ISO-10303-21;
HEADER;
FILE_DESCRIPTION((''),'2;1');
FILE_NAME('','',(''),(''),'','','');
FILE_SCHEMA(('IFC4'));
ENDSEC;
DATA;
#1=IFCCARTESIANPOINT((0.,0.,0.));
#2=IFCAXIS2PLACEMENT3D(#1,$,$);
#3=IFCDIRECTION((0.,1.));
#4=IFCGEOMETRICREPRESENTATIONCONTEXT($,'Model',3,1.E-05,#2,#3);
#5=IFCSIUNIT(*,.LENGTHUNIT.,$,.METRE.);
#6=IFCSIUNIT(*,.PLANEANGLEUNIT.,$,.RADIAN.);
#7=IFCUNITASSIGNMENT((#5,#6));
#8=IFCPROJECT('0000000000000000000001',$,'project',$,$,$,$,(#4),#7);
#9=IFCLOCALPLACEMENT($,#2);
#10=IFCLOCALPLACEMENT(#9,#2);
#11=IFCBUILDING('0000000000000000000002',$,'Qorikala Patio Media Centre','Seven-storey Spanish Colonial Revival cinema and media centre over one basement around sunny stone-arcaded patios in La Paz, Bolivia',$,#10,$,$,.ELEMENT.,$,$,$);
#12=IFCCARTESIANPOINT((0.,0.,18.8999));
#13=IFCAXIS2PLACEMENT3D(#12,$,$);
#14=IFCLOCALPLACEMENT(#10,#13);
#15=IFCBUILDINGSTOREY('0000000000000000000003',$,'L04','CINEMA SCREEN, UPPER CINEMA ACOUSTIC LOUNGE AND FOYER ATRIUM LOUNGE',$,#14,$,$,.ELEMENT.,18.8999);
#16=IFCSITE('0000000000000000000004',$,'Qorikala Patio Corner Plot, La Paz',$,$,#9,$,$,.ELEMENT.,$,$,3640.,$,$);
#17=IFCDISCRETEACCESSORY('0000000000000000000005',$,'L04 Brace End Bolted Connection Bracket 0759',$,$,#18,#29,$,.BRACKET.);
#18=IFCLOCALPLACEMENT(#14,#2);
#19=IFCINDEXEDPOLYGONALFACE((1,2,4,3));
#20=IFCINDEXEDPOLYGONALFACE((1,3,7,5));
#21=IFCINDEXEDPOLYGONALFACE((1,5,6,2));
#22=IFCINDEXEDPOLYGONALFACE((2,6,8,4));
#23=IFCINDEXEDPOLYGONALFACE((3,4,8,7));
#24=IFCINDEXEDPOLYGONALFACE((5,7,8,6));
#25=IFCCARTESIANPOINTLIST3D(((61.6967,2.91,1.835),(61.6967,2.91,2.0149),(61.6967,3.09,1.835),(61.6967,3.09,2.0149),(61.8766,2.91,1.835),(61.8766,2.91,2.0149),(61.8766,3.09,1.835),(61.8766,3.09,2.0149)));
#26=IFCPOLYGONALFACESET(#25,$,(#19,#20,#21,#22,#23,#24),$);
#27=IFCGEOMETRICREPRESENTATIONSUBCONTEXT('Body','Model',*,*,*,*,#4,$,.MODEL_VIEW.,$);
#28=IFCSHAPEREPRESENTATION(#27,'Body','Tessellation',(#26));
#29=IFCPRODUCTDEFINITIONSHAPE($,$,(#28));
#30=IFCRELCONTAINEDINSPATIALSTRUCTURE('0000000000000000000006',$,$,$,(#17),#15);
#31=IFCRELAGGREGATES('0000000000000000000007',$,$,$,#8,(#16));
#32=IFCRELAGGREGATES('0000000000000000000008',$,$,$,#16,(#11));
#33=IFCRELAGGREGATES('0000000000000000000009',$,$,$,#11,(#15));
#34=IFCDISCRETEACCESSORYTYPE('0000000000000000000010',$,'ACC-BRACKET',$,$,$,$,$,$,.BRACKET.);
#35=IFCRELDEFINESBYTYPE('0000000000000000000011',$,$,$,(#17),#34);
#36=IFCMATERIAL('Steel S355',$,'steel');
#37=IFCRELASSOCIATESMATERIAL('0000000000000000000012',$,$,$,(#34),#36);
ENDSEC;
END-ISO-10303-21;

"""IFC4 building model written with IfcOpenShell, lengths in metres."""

from ifc_helpers import new_model, si_unit, direction, frame, origin, origin_2d, place, context, subcontext, project, spatial, rectangle, extrude, material, type_object, element, save


model = new_model("IFC4")

# Units and contexts
model_context = context("Model", 3, precision=1e-05, world=origin(), true_north=direction((0.0, 1.0)))
body_context = subcontext(model_context, "Body", "Model", "MODEL_VIEW")
ifc_project = project(units=[si_unit("LENGTHUNIT", "METRE"), si_unit("PLANEANGLEUNIT", "RADIAN")], contexts=[model_context])

# Site, building, storey
site_placement = place(None, origin())
site = spatial("IfcSite", under=ifc_project, at=site_placement, Name="Qorikala Patio Corner Plot, La Paz", CompositionType="ELEMENT", RefElevation=3640.0)
building_placement = place(site_placement, origin())
building = spatial("IfcBuilding", under=site, at=building_placement, Name="Qorikala Patio Media Centre", Description="Seven-storey Spanish Colonial Revival cinema and media centre over one basement around sunny stone-arcaded patios in La Paz, Bolivia", CompositionType="ELEMENT")
storey_placement = place(building_placement, frame((0.0, 0.0, 18.8999)))
storey = spatial("IfcBuildingStorey", under=building, at=storey_placement, Name="L04", Description="CINEMA SCREEN, UPPER CINEMA ACOUSTIC LOUNGE AND FOYER ATRIUM LOUNGE", CompositionType="ELEMENT", Elevation=18.8999)

# Discrete accessory
ifc_material_1 = material(Name="Steel S355", Category="steel")
discrete_accessory_type = type_object("IfcDiscreteAccessoryType", Name="ACC-BRACKET", PredefinedType="BRACKET", material=ifc_material_1)
for number, where, z_axis, x_axis, name in (
    (1, (61.7866, 3.0, 1.835), (0.0, 0.0, 1.0), (1.0, 0.0, 0.0), "L04 Brace End Bolted Connection Bracket 0759"),
):
    element("IfcDiscreteAccessory", number, at=place(storey_placement, frame(where, z_axis=z_axis, x_axis=x_axis)), inside=storey, type_object=discrete_accessory_type, Name=name, PredefinedType="BRACKET", context=body_context, shape_type="SweptSolid", body=[
        extrude(rectangle(XDim=0.1799, YDim=0.1799, at=origin_2d()), origin(), (0.0, 0.0, 1.0), 0.1799),
    ])

save(model, "model.ifc")
